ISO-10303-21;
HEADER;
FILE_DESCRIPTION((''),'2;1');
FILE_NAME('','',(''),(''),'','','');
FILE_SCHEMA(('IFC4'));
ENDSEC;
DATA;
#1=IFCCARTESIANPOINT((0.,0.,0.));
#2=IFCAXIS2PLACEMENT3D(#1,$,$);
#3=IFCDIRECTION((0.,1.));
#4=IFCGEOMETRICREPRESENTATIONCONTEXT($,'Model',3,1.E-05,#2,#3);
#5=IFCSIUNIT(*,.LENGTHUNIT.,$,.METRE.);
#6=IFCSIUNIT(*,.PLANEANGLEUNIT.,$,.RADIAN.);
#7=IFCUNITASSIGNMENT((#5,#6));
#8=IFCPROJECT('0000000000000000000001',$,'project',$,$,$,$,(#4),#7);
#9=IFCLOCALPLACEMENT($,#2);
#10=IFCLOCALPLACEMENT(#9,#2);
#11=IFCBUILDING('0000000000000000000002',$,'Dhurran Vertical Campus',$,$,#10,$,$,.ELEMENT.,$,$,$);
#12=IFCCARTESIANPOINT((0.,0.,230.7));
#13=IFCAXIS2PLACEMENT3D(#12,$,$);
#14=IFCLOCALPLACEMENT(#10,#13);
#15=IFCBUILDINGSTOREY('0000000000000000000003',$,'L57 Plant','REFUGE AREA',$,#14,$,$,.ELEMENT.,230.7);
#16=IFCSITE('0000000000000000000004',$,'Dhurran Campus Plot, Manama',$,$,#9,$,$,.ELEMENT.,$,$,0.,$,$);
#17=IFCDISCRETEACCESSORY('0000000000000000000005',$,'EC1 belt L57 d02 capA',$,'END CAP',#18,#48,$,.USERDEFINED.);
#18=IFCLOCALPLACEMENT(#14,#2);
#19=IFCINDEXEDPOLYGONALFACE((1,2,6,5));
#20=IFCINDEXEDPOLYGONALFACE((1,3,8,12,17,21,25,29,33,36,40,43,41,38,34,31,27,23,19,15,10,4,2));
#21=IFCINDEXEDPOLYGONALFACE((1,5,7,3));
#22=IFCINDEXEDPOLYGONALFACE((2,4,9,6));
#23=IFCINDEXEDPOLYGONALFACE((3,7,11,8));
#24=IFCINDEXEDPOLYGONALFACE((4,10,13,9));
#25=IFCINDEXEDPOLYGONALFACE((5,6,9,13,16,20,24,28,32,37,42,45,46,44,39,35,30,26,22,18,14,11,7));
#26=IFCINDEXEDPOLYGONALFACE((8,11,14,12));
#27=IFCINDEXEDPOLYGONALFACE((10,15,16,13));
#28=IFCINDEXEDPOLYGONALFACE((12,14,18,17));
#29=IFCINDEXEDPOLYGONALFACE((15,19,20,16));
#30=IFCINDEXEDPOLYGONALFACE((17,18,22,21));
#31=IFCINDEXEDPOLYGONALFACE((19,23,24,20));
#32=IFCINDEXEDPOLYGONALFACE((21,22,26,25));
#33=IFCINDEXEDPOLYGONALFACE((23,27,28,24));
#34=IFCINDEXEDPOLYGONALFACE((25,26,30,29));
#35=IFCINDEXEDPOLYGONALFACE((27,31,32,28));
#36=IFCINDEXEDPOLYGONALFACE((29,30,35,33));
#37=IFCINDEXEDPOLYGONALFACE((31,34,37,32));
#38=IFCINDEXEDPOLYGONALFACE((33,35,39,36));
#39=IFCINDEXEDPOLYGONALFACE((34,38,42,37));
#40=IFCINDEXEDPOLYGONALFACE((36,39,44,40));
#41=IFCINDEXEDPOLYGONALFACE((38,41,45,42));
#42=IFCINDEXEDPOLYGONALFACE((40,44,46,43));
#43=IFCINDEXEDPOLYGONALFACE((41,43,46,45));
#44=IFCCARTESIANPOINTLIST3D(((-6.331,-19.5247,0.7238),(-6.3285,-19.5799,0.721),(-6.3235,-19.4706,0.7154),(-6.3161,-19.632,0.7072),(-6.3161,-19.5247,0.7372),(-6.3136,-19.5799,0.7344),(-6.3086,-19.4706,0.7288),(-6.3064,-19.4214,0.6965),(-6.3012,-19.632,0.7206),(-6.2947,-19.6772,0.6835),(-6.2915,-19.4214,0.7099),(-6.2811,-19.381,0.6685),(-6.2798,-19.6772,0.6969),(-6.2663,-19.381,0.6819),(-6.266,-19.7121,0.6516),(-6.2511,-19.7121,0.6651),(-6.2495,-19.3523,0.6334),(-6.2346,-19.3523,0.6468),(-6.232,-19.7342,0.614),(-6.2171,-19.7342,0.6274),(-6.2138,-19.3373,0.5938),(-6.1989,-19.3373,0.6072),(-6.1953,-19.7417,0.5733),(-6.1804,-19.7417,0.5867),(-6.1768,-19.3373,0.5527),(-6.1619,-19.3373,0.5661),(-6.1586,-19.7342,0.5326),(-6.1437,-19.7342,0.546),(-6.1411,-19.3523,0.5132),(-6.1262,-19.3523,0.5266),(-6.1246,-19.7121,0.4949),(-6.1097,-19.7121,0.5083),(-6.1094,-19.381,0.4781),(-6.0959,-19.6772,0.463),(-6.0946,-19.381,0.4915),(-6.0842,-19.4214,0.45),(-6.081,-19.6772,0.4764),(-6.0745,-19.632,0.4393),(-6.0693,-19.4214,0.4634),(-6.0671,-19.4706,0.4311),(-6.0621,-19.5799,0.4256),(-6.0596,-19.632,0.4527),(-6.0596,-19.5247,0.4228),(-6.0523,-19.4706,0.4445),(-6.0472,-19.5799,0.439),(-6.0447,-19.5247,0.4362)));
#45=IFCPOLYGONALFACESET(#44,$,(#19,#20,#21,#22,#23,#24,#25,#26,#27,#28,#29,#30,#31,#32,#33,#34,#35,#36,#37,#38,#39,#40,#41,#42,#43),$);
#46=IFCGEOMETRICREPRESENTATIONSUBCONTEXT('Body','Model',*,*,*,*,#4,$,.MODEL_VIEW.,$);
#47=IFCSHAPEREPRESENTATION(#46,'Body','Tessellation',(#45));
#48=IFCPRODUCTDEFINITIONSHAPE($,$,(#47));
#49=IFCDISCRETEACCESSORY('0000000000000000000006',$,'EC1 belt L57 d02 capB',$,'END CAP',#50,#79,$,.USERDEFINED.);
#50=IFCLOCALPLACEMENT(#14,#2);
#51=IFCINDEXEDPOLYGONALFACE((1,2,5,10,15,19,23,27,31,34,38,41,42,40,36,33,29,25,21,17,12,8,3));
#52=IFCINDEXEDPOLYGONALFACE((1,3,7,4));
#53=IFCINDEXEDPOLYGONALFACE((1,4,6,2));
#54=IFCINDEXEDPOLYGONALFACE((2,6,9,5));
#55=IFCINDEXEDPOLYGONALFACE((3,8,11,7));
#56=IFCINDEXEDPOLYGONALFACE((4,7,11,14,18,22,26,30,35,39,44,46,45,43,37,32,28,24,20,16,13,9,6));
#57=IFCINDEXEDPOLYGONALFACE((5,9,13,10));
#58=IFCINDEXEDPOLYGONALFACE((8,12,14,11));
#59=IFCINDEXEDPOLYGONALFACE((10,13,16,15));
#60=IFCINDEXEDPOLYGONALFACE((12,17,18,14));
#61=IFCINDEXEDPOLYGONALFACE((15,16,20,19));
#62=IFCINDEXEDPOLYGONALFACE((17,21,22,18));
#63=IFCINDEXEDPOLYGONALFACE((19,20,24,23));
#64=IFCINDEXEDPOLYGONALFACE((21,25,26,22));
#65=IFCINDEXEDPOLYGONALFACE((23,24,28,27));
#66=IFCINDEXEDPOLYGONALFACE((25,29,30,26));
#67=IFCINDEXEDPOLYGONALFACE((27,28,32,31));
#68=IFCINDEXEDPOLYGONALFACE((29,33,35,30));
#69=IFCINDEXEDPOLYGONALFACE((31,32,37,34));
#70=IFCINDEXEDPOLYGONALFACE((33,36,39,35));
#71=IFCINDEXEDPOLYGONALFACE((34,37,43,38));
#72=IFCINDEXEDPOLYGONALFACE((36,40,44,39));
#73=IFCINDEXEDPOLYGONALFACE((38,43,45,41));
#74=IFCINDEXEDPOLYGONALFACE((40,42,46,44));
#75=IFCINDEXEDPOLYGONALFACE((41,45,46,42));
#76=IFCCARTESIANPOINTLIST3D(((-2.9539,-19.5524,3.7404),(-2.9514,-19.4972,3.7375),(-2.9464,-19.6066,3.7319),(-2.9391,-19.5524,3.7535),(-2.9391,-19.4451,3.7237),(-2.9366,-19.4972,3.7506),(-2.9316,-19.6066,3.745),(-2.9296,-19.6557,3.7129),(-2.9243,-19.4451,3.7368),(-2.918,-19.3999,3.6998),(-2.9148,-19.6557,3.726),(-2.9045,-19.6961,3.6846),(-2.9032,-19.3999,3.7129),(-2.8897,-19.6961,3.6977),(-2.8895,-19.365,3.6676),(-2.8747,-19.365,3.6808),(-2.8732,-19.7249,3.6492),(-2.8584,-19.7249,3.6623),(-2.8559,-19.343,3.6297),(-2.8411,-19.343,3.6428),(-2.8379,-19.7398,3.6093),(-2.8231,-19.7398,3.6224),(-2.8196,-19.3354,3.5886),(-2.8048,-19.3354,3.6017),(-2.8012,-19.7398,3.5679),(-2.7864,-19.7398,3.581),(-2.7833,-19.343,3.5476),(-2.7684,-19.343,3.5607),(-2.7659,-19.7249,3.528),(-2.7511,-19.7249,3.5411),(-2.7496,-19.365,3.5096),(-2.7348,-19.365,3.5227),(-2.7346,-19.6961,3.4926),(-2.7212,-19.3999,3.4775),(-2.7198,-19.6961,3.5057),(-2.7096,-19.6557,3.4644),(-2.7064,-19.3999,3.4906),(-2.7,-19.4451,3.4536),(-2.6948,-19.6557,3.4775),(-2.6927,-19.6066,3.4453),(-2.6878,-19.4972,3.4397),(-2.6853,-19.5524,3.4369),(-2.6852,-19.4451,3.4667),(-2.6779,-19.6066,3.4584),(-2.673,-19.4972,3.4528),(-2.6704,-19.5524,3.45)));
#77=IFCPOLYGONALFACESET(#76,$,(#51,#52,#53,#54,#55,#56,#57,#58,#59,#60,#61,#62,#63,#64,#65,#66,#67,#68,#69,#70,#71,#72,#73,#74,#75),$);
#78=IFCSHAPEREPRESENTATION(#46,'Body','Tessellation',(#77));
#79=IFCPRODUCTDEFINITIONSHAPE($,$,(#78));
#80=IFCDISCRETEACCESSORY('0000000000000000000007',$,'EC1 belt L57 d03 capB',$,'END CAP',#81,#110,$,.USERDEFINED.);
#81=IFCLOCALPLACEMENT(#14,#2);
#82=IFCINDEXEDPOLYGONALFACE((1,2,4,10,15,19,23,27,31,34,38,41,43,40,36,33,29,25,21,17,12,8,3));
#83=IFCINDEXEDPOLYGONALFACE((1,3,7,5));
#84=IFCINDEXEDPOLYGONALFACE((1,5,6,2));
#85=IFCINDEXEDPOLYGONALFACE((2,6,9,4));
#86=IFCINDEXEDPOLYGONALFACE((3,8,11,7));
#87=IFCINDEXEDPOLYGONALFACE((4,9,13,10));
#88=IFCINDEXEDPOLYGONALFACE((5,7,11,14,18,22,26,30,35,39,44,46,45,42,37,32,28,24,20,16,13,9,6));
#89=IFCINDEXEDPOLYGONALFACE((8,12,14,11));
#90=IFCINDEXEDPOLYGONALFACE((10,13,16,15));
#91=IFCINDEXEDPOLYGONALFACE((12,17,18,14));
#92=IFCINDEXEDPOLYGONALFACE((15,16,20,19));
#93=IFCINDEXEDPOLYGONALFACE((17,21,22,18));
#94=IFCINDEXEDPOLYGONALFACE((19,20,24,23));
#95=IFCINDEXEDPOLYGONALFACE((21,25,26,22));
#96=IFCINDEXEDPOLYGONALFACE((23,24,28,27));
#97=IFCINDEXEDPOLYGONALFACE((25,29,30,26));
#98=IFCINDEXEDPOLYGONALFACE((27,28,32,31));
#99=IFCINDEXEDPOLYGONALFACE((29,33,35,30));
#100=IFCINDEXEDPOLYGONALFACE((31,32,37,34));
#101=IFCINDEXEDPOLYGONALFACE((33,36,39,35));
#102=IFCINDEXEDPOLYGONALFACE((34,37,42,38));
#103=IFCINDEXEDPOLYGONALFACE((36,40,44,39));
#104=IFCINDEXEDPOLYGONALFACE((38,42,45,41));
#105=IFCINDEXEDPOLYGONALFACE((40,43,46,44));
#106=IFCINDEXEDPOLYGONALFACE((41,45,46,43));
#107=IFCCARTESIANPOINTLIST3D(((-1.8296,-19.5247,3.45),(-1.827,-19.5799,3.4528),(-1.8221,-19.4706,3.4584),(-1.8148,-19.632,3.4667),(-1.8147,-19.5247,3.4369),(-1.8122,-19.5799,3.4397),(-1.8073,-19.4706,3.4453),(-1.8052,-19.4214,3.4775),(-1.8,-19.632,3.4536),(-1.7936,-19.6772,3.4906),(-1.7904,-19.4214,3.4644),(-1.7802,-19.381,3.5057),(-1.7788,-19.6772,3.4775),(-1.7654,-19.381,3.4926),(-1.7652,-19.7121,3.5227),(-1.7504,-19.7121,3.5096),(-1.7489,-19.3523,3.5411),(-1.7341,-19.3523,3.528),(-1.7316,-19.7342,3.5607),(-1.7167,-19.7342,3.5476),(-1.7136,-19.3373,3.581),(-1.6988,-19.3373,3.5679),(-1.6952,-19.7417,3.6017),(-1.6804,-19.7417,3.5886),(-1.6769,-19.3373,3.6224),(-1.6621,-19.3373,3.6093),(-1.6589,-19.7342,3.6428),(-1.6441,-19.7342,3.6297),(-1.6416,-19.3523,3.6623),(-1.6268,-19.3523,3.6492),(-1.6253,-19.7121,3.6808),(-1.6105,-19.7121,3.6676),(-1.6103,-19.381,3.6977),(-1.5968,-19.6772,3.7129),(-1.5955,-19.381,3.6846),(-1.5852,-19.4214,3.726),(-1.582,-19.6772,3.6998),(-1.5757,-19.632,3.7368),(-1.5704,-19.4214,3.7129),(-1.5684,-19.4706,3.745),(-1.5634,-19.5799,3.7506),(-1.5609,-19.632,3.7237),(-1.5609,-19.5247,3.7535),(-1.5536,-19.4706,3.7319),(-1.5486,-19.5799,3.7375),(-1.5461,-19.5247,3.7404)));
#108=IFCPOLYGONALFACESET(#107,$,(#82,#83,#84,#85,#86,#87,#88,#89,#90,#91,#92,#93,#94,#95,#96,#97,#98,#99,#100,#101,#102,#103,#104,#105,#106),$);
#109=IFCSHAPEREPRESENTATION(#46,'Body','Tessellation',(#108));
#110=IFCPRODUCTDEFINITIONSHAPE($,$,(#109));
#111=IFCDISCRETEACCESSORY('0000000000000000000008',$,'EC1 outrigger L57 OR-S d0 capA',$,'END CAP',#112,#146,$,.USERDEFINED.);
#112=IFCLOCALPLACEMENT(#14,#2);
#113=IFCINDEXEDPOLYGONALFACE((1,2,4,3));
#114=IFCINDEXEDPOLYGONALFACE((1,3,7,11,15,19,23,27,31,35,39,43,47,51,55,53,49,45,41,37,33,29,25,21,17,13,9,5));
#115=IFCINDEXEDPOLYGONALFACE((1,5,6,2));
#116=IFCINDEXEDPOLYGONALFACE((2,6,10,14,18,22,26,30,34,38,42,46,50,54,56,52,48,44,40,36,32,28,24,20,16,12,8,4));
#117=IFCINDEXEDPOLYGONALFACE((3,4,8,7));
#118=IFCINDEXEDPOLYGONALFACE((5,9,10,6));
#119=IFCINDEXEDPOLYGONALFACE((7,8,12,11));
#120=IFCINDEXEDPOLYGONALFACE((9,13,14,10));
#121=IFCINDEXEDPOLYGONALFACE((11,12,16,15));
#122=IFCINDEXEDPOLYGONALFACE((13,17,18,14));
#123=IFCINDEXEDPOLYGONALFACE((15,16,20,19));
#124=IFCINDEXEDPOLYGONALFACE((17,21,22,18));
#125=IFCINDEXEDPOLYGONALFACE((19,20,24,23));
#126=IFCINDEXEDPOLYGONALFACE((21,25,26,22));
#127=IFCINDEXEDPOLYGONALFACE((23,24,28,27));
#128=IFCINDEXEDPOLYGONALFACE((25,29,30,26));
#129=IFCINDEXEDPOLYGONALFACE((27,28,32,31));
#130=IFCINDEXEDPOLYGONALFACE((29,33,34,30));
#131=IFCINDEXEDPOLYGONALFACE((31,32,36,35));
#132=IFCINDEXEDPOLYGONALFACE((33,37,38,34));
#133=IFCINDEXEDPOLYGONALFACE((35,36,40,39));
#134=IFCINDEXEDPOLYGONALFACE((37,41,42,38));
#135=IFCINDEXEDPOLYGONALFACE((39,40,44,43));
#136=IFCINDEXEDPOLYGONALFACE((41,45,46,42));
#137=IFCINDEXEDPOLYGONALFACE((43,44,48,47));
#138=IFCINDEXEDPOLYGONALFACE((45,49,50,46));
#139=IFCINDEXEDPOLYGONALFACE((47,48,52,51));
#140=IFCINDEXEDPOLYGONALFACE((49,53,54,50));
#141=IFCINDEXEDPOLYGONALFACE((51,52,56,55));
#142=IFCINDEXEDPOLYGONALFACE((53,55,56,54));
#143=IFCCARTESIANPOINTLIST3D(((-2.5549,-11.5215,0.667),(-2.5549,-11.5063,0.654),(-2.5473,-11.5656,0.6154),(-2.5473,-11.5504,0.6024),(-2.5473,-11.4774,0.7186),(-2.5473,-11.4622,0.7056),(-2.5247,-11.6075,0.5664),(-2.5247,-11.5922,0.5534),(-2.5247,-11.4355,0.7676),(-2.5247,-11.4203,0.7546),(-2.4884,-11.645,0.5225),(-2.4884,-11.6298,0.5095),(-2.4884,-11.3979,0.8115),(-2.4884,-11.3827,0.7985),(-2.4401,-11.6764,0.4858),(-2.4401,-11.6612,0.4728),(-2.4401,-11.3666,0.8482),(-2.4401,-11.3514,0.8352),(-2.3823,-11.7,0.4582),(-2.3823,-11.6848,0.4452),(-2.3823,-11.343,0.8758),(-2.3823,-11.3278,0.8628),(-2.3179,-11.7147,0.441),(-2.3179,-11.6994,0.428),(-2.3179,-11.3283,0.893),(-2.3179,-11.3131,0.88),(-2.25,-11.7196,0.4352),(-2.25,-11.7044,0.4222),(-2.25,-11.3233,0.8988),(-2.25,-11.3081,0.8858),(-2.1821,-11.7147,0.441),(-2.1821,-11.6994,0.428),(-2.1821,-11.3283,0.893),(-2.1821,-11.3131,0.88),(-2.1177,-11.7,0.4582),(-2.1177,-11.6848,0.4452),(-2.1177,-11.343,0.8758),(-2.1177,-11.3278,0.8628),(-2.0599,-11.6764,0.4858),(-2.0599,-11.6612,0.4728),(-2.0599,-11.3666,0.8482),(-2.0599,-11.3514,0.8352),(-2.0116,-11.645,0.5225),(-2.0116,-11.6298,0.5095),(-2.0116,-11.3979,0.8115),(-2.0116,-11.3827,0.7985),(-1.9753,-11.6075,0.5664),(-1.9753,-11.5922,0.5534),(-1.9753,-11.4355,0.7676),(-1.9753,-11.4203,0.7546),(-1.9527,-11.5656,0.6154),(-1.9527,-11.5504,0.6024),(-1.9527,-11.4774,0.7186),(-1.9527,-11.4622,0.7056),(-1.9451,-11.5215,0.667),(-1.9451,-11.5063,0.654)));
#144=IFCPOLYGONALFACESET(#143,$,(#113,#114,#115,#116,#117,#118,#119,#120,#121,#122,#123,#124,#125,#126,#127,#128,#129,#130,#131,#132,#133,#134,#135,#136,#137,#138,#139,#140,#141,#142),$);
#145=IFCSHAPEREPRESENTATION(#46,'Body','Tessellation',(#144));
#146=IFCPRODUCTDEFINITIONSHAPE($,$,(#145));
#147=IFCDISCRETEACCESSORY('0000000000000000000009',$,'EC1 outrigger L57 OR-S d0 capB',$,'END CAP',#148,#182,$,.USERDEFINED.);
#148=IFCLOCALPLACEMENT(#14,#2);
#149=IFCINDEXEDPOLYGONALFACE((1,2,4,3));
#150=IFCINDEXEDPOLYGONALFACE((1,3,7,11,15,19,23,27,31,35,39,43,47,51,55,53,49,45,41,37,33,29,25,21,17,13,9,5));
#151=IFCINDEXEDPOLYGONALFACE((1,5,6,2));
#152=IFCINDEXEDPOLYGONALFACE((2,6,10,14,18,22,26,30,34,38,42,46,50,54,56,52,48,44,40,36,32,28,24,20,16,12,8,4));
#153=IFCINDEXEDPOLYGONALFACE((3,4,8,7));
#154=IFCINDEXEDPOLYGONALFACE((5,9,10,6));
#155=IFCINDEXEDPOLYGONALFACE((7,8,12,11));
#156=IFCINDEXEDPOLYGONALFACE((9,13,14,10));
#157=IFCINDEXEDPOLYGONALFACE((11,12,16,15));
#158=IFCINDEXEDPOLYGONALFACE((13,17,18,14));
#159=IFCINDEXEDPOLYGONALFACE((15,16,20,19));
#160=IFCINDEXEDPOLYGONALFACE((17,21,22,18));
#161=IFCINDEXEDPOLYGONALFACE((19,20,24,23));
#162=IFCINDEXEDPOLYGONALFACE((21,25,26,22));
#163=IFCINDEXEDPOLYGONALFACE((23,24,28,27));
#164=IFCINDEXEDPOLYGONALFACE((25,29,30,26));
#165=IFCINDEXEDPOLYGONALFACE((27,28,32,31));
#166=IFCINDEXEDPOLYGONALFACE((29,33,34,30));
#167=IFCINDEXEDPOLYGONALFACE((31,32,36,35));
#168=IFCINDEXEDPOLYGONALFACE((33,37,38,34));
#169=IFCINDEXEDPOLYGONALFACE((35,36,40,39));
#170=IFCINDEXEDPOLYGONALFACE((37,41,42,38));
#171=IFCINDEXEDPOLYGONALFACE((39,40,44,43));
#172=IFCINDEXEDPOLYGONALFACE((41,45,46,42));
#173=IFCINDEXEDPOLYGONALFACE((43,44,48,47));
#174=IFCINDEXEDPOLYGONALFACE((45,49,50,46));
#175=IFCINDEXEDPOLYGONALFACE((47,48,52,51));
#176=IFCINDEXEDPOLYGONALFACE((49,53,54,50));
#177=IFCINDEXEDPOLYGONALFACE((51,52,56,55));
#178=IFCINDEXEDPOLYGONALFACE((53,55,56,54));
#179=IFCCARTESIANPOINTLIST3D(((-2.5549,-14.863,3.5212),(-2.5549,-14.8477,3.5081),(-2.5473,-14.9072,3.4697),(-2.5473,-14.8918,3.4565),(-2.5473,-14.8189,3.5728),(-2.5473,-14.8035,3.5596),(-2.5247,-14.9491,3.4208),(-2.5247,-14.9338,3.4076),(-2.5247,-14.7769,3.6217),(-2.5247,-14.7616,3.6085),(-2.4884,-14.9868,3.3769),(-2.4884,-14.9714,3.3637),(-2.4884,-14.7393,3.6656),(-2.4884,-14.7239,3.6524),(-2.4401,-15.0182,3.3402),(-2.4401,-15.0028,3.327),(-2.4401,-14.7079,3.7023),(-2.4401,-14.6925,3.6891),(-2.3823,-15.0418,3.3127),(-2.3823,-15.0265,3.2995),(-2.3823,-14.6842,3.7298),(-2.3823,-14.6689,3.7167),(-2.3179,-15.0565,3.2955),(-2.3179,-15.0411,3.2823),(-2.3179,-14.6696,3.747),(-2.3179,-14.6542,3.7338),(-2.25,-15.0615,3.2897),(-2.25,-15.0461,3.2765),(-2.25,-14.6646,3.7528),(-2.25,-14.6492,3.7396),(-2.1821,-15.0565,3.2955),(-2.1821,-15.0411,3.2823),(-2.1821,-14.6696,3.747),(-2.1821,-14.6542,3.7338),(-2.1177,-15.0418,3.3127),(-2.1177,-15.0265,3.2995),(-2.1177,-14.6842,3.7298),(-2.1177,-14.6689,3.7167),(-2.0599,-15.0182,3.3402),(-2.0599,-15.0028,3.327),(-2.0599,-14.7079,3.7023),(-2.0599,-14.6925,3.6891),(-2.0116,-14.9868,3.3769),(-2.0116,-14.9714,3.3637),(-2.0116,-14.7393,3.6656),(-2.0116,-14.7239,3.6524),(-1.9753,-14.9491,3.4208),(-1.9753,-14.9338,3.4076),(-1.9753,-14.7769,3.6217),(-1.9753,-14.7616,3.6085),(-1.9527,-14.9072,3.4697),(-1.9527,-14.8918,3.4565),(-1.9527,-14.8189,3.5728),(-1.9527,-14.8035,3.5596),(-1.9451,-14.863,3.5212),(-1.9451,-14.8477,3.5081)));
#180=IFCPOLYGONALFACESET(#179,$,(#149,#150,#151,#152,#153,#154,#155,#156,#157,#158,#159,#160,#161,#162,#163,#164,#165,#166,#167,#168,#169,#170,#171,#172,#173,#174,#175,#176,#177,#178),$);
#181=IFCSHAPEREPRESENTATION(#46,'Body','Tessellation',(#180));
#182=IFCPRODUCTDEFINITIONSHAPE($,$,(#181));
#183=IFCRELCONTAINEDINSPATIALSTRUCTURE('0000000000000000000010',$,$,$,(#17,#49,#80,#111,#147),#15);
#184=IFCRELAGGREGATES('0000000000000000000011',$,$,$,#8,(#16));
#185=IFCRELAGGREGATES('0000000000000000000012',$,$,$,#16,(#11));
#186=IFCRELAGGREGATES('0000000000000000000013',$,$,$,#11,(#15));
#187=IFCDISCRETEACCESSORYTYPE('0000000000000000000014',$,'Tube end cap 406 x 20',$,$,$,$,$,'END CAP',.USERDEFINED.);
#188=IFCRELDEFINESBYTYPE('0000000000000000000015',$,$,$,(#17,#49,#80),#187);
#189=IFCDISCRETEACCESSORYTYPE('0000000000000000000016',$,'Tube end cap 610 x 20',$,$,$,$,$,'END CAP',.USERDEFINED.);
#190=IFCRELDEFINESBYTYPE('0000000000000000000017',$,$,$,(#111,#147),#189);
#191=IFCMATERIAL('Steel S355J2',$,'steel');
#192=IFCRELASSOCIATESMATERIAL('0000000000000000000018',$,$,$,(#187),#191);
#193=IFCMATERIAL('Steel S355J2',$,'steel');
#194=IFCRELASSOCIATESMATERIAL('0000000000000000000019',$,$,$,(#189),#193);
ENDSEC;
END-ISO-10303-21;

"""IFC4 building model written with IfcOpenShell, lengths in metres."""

from ifc_helpers import new_model, si_unit, direction, frame, origin, origin_2d, place, context, subcontext, project, spatial, circle, extrude, material, material_profile, profile_set, type_object, element, save


model = new_model("IFC4")

# Units and contexts
model_context = context("Model", 3, precision=1e-05, world=origin(), true_north=direction((0.0, 1.0)))
body_context = subcontext(model_context, "Body", "Model", "MODEL_VIEW")
ifc_project = project(units=[si_unit("LENGTHUNIT", "METRE"), si_unit("PLANEANGLEUNIT", "RADIAN")], contexts=[model_context])

# Site, building, storey
site_placement = place(None, origin())
site = spatial("IfcSite", under=ifc_project, at=site_placement, Name="Dhurran Campus Plot, Manama", CompositionType="ELEMENT", RefElevation=0.0)
building_placement = place(site_placement, origin())
building = spatial("IfcBuilding", under=site, at=building_placement, Name="Dhurran Vertical Campus", CompositionType="ELEMENT")
storey_placement = place(building_placement, frame((0.0, 0.0, 230.7)))
storey = spatial("IfcBuildingStorey", under=building, at=storey_placement, Name="L57 Plant", Description="REFUGE AREA", CompositionType="ELEMENT", Elevation=230.7)

# Discrete accessories
ifc_material_1 = material(Name="Steel S355J2", Category="steel")
ifc_material_profile_1 = material_profile(ifc_material_1, circle(Radius=0.2031, at=origin_2d()), Name="Tube end cap 406 x 20")
ifc_profile_set_1 = profile_set([ifc_material_profile_1], Name="Steel S355J2")
discrete_accessory_type_1 = type_object("IfcDiscreteAccessoryType", Name="Tube end cap 406 x 20", ElementType="END CAP", PredefinedType="USERDEFINED", material=ifc_profile_set_1)
discrete_accessory_1_placement = place(storey_placement, frame((-6.1804, -19.5386, 0.5867), z_axis=(-0.742688, 0.0, -0.669637), x_axis=(0.0, -1.0, 0.0)))
element("IfcDiscreteAccessory", 1, at=discrete_accessory_1_placement, inside=storey, type_object=discrete_accessory_type_1, Name="EC1 belt L57 d02 capA", ObjectType="END CAP", PredefinedType="USERDEFINED", context=body_context, shape_type="SweptSolid", body=[
    extrude(circle(Radius=0.2031, at=origin_2d()), origin(), (0.0, 0.0, 1.0), 0.02),
])
for number, where, z_axis, x_axis, name in (
    (2, (-2.8196, -19.5386, 3.5886), (0.748762, 0.0, 0.662839), (0.0, 1.0, 0.0), "EC1 belt L57 d02 capB"),
    (3, (-1.6804, -19.5386, 3.5886), (-0.748762, 0.0, 0.662839), (0.0, -1.0, 0.0), "EC1 belt L57 d03 capB"),
):
    element("IfcDiscreteAccessory", number, at=place(storey_placement, frame(where, z_axis=z_axis, x_axis=x_axis)), inside=storey, type_object=discrete_accessory_type_1, Name=name, ObjectType="END CAP", PredefinedType="USERDEFINED", context=body_context, shape_type="SweptSolid", body=[
        extrude(circle(Radius=0.2031, at=origin_2d()), origin(), (0.0, 0.0, 1.0), 0.0198),
    ])
ifc_material_2 = material(Name="Steel S355J2", Category="steel")
ifc_material_profile_2 = material_profile(ifc_material_2, circle(Radius=0.3049, at=origin_2d()), Name="Tube end cap 610 x 20")
ifc_profile_set_2 = profile_set([ifc_material_profile_2], Name="Steel S355J2")
discrete_accessory_type_2 = type_object("IfcDiscreteAccessoryType", Name="Tube end cap 610 x 20", ElementType="END CAP", PredefinedType="USERDEFINED", material=ifc_profile_set_2)
discrete_accessory_2_placement = place(storey_placement, frame((-2.25, -11.5215, 0.667), z_axis=(0.0, 0.760121, -0.649781), x_axis=(-1.0, 0.0, 0.0)))
element("IfcDiscreteAccessory", 4, at=discrete_accessory_2_placement, inside=storey, type_object=discrete_accessory_type_2, Name="EC1 outrigger L57 OR-S d0 capA", ObjectType="END CAP", PredefinedType="USERDEFINED", context=body_context, shape_type="SweptSolid", body=[
    extrude(circle(Radius=0.3049, at=origin_2d()), origin(), (0.0, 0.0, 1.0), 0.02),
])
discrete_accessory_3_placement = place(storey_placement, frame((-2.25, -14.8477, 3.5081), z_axis=(0.0, -0.759257, 0.650791), x_axis=(1.0, 0.0, 0.0)))
element("IfcDiscreteAccessory", 5, at=discrete_accessory_3_placement, inside=storey, type_object=discrete_accessory_type_2, Name="EC1 outrigger L57 OR-S d0 capB", ObjectType="END CAP", PredefinedType="USERDEFINED", context=body_context, shape_type="SweptSolid", body=[
    extrude(circle(Radius=0.3049, at=origin_2d()), origin(), (0.0, 0.0, 1.0), 0.0203),
])

save(model, "model.ifc")
